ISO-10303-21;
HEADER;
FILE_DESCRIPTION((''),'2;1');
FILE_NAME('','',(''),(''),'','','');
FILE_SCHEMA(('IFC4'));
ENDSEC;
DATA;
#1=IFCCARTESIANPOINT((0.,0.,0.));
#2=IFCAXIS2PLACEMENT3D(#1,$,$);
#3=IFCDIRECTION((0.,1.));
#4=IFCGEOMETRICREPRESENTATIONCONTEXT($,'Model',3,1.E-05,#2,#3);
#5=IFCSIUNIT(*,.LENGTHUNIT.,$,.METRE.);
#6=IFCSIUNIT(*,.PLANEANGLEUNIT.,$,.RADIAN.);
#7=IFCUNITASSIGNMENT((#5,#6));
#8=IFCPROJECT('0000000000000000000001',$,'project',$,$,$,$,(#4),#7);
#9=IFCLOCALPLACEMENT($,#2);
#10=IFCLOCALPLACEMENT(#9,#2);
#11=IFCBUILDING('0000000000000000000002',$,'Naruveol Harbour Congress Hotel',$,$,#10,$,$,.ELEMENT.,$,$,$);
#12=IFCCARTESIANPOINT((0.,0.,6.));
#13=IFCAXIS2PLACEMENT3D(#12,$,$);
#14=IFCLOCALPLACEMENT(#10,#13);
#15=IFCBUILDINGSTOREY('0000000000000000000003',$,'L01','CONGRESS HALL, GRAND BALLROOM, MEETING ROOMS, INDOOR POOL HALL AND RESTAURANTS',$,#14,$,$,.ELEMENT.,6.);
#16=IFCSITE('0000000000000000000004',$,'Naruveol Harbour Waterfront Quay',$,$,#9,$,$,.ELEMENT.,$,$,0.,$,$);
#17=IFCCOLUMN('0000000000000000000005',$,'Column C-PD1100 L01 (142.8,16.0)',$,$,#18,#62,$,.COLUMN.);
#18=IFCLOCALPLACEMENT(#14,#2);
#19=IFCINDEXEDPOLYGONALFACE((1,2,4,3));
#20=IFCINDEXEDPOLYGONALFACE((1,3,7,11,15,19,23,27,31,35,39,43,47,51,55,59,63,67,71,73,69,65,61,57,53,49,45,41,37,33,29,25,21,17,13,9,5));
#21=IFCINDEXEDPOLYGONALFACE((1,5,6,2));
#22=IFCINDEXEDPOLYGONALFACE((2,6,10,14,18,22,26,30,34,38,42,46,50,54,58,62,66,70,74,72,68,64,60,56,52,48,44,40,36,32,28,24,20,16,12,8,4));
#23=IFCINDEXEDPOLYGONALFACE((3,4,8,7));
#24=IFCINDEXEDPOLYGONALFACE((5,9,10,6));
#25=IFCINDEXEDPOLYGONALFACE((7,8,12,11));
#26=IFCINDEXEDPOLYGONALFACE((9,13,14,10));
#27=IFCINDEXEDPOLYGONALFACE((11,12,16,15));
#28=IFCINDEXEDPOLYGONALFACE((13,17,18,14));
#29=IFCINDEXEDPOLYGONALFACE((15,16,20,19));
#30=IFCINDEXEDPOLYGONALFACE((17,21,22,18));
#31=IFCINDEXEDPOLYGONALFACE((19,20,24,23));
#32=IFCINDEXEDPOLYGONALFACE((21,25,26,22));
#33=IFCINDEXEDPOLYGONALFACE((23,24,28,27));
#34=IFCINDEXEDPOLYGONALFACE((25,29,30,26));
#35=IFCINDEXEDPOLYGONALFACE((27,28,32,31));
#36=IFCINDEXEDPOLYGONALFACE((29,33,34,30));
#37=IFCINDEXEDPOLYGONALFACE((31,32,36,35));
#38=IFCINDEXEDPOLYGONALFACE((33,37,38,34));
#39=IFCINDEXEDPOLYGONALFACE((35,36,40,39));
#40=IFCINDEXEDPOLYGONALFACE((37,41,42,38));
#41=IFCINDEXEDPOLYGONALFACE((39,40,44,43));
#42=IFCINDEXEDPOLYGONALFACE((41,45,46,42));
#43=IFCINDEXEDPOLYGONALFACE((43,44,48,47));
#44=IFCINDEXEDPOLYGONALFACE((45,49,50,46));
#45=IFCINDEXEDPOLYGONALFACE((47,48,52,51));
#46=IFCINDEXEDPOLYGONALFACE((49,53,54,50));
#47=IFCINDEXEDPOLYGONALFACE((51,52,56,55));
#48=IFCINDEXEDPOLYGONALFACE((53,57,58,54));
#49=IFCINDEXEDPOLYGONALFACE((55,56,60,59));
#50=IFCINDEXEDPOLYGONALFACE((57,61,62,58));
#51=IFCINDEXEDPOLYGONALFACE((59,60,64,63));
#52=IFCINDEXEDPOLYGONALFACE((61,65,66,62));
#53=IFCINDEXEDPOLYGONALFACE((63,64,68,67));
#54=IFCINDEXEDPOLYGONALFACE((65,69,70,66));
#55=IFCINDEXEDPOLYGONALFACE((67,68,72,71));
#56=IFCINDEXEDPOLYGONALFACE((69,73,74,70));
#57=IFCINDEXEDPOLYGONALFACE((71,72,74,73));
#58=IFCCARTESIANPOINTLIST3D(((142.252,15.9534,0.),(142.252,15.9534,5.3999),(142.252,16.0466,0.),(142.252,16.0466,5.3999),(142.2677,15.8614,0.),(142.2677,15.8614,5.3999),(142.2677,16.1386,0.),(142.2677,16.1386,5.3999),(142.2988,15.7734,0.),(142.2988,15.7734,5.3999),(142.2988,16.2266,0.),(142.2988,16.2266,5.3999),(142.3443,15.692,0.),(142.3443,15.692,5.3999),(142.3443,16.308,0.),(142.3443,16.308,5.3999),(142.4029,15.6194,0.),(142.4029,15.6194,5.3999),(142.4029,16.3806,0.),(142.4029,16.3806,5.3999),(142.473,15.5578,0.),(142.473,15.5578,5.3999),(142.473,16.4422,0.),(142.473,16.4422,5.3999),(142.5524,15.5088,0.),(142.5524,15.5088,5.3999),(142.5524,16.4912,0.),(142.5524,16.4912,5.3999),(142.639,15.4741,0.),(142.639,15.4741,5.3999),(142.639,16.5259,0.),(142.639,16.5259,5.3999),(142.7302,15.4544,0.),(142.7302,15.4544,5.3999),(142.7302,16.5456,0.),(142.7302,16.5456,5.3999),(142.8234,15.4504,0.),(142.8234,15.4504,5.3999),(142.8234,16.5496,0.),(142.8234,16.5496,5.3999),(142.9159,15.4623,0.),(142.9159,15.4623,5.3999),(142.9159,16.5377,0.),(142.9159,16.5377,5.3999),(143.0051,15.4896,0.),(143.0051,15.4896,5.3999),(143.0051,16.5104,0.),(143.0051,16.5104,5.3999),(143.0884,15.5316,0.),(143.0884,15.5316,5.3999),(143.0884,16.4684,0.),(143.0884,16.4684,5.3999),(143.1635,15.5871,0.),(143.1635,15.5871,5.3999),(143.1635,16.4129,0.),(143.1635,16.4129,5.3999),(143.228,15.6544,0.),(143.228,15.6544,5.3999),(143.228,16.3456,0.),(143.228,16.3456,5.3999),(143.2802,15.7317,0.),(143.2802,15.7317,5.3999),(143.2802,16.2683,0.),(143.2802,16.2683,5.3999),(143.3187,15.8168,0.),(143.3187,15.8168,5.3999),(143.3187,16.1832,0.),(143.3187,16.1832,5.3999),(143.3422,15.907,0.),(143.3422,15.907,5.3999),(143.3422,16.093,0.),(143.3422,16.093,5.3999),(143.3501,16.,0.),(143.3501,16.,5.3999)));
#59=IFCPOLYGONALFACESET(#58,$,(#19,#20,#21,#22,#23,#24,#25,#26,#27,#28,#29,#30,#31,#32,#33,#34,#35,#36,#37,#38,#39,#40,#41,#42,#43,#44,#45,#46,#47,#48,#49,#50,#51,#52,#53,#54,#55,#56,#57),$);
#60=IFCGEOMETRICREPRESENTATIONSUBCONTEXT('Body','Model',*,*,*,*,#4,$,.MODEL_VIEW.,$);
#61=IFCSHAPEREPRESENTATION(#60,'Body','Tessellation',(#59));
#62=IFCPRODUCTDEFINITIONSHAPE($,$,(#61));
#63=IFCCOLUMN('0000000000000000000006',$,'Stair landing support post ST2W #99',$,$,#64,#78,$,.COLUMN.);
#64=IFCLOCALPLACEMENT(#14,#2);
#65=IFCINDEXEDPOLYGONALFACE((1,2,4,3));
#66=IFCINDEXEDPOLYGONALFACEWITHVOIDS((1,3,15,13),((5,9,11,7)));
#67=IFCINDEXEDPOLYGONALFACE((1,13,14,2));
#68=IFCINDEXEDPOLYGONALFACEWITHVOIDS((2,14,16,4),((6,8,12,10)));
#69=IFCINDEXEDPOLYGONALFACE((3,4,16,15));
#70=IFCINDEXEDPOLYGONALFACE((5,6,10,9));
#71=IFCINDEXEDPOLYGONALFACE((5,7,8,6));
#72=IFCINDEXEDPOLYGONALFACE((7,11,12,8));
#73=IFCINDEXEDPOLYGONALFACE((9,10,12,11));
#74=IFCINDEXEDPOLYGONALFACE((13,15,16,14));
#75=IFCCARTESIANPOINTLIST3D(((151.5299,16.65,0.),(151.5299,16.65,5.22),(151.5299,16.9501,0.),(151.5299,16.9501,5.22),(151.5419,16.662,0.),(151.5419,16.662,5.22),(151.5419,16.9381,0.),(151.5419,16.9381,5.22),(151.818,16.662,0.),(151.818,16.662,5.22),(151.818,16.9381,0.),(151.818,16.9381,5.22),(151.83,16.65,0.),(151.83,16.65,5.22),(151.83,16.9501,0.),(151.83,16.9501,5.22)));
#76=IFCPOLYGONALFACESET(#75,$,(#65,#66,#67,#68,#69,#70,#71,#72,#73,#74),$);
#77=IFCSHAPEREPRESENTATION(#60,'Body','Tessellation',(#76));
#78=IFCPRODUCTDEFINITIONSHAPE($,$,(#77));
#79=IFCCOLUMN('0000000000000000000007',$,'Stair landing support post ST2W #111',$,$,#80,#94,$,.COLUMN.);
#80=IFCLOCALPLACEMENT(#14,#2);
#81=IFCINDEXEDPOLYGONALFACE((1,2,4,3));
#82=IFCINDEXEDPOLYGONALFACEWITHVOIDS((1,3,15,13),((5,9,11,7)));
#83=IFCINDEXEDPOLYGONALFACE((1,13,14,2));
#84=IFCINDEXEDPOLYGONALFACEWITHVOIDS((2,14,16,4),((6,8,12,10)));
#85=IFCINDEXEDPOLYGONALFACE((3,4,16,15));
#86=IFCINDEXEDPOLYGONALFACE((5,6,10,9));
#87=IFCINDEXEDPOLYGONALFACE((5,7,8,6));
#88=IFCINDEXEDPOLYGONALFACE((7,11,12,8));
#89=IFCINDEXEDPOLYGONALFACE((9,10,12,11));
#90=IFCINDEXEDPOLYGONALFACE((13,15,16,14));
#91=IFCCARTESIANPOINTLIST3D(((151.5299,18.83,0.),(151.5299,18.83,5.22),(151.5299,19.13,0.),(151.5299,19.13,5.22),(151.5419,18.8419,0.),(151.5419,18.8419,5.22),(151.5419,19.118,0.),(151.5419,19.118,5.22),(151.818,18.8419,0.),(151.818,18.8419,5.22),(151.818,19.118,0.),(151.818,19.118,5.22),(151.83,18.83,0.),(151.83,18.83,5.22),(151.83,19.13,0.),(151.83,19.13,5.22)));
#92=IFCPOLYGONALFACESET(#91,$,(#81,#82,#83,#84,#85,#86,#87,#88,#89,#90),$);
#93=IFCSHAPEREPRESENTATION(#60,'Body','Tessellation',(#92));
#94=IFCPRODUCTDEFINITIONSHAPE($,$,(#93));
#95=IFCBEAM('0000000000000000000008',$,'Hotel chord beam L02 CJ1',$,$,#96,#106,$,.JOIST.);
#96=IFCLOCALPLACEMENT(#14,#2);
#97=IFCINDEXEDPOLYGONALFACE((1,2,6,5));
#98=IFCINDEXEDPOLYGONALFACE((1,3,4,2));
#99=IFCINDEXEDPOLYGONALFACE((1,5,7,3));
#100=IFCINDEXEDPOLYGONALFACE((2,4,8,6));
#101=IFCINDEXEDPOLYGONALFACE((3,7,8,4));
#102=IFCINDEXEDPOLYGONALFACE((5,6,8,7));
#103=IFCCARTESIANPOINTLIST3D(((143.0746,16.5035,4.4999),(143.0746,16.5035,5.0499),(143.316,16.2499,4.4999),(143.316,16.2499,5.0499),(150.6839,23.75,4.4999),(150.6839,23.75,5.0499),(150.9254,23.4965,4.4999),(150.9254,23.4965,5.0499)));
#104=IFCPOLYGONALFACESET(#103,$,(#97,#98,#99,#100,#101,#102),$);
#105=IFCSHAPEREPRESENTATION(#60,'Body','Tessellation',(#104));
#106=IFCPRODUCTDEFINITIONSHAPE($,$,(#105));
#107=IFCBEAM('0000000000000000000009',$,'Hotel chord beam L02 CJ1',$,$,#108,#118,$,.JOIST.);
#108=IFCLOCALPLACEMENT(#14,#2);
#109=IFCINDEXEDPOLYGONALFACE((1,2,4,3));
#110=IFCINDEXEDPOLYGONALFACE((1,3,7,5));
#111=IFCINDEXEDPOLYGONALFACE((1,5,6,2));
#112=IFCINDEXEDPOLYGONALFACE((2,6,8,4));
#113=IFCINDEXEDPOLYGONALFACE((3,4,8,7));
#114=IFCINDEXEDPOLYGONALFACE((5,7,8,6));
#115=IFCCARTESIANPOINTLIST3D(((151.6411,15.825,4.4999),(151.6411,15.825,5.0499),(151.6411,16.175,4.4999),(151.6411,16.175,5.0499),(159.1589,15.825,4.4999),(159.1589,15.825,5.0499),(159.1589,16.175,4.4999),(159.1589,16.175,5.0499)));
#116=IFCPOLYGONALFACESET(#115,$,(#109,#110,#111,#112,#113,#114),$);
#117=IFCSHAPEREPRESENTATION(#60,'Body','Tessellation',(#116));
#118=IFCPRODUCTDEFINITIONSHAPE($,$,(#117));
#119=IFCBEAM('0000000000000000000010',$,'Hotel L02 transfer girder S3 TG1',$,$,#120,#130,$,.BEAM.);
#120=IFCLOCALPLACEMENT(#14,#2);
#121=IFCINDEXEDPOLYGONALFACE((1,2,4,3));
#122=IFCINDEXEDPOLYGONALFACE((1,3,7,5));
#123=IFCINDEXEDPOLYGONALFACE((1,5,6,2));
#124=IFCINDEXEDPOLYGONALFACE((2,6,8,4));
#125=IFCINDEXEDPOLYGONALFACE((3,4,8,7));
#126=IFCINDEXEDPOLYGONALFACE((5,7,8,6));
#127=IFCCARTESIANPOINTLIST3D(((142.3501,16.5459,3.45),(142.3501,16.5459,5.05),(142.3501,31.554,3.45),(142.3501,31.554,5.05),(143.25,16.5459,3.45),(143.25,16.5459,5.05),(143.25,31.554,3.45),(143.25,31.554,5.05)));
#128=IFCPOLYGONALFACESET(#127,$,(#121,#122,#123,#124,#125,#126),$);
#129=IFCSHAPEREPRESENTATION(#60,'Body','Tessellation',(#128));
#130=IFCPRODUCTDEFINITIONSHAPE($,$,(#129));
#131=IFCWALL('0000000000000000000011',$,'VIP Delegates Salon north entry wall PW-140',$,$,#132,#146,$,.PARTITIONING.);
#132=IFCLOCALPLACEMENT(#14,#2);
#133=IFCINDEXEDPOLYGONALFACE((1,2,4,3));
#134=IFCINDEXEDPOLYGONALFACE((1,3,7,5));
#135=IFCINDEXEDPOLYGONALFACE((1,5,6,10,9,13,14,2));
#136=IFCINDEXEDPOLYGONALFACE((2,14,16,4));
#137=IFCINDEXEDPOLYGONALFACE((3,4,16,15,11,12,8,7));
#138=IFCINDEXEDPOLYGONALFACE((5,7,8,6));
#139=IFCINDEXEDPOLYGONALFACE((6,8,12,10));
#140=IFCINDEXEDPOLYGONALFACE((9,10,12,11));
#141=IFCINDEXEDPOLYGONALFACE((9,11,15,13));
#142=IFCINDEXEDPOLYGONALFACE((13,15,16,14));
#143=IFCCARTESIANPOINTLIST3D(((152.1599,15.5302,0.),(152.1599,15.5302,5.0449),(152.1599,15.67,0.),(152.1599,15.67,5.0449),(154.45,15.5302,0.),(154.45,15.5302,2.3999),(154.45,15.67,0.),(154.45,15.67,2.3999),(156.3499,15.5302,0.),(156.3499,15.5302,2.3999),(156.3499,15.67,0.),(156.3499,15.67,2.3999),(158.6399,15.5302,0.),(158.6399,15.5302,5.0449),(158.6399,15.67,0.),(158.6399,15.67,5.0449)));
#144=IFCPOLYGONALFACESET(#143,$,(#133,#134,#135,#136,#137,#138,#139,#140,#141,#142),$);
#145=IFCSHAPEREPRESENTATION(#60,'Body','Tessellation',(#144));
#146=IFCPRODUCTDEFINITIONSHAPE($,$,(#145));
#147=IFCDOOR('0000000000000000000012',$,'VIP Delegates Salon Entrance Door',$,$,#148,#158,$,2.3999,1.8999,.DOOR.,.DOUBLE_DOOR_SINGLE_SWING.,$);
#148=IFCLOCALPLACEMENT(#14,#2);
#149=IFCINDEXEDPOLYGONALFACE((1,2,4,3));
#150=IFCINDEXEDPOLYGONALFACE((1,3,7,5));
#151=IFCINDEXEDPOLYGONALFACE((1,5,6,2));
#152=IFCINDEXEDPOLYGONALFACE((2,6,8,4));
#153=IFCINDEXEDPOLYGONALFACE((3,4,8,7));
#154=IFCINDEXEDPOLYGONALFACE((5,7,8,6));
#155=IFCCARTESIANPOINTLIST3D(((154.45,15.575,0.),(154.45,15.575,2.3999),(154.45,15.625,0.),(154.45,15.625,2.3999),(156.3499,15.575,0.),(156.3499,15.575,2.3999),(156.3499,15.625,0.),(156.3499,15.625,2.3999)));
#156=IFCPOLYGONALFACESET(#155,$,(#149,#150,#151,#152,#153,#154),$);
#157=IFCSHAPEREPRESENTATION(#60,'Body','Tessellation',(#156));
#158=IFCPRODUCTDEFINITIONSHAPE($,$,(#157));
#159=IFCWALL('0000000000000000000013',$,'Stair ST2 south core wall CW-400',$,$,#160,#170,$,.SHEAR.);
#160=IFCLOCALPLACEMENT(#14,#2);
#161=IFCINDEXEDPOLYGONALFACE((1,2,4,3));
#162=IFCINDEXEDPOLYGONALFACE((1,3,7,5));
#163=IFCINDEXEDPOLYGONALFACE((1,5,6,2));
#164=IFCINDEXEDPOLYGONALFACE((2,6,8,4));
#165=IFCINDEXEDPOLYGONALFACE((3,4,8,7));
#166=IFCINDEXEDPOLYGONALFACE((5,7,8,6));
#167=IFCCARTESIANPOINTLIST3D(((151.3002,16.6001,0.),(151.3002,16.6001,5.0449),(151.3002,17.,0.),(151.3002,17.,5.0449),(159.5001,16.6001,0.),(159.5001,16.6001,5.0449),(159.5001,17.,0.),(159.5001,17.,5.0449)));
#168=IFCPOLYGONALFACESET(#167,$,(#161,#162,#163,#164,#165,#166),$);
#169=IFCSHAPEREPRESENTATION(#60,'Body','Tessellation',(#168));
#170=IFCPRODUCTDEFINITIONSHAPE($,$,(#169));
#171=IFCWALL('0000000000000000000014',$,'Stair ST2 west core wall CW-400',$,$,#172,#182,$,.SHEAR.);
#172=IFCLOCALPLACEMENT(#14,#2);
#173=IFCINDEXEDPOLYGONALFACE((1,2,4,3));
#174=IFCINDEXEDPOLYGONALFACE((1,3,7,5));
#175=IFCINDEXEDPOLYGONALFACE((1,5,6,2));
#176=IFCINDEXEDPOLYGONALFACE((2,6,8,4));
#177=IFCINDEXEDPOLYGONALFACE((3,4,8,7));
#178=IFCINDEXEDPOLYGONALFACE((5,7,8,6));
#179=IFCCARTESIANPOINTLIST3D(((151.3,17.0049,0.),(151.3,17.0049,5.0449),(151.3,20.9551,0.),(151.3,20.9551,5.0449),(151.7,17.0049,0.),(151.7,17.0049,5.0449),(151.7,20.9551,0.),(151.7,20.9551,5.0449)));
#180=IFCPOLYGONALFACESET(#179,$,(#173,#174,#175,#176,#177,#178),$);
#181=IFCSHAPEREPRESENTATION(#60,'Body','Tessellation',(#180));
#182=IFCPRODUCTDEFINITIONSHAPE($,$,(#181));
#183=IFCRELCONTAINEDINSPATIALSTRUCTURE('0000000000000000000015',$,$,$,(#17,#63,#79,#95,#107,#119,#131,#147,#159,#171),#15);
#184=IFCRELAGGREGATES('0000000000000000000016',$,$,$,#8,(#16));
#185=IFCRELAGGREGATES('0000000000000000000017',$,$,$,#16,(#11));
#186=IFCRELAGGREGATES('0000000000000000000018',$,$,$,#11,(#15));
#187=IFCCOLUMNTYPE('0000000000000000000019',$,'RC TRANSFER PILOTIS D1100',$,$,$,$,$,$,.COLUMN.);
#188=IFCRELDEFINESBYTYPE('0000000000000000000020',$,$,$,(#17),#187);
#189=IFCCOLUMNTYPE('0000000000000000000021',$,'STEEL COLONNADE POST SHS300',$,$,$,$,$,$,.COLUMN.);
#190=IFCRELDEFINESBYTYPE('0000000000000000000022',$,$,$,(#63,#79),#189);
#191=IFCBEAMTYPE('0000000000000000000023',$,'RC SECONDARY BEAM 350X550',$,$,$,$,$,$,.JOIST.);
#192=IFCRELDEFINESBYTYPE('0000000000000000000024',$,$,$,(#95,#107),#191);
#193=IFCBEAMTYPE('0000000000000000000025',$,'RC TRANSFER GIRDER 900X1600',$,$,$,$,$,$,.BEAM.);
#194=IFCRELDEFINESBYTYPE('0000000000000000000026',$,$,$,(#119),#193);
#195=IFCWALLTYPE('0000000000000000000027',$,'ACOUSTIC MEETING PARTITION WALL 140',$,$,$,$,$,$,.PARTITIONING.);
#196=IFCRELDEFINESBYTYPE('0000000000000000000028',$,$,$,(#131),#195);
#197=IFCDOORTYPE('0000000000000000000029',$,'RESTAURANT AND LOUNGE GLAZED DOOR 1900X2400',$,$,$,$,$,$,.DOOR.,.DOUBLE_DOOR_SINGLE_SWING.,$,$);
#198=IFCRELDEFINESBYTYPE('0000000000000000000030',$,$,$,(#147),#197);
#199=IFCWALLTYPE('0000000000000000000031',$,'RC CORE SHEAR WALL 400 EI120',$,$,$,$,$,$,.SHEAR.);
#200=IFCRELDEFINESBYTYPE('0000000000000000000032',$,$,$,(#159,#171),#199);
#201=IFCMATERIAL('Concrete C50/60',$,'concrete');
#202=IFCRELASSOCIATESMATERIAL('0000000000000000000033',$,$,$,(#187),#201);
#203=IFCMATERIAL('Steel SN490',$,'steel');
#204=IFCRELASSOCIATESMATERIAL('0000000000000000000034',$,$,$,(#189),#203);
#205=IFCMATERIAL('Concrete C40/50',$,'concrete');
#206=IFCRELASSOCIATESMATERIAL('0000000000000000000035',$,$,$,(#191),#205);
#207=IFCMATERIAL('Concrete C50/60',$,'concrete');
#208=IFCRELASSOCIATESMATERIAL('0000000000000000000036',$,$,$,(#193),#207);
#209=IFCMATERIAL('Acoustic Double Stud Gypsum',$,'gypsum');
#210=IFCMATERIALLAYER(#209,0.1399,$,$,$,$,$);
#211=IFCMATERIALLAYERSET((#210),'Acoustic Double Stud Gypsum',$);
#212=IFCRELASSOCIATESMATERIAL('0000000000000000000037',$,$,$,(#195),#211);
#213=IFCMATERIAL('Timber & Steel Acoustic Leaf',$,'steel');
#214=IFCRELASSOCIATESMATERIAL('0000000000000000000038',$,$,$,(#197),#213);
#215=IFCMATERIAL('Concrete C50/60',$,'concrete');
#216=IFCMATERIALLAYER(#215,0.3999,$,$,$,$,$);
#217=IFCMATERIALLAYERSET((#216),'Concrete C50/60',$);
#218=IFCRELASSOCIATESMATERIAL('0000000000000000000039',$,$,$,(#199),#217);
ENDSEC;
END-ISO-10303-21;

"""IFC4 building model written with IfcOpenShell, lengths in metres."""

from ifc_helpers import new_model, si_unit, direction, frame, frame_2d, origin, origin_2d, place, context, subcontext, project, spatial, rectangle, hollow_rectangle, circle, extrude, material, layer, layer_set, material_profile, profile_set, type_object, element, fill, save


model = new_model("IFC4")

# Units and contexts
model_context = context("Model", 3, precision=1e-05, world=origin(), true_north=direction((0.0, 1.0)))
body_context = subcontext(model_context, "Body", "Model", "MODEL_VIEW")
ifc_project = project(units=[si_unit("LENGTHUNIT", "METRE"), si_unit("PLANEANGLEUNIT", "RADIAN")], contexts=[model_context])

# Site, building, storey
site_placement = place(None, origin())
site = spatial("IfcSite", under=ifc_project, at=site_placement, Name="Naruveol Harbour Waterfront Quay", CompositionType="ELEMENT", RefElevation=0.0)
building_placement = place(site_placement, origin())
building = spatial("IfcBuilding", under=site, at=building_placement, Name="Naruveol Harbour Congress Hotel", CompositionType="ELEMENT")
storey_placement = place(building_placement, frame((0.0, 0.0, 6.0)))
storey = spatial("IfcBuildingStorey", under=building, at=storey_placement, Name="L01", Description="CONGRESS HALL, GRAND BALLROOM, MEETING ROOMS, INDOOR POOL HALL AND RESTAURANTS", CompositionType="ELEMENT", Elevation=6.0)

# Columns
ifc_material_1 = material(Name="Concrete C50/60", Category="concrete")
ifc_material_profile_1 = material_profile(ifc_material_1, circle(Radius=0.55, at=origin_2d()), Name="RC-D1100")
ifc_profile_set_1 = profile_set([ifc_material_profile_1], Name="Concrete C50/60")
column_type_1 = type_object("IfcColumnType", Name="RC TRANSFER PILOTIS D1100", PredefinedType="COLUMN", material=ifc_profile_set_1)
column_placement = place(storey_placement, frame((142.8, 16.0, 0.0), z_axis=(0.0, 0.0, 1.0), x_axis=(1.0, 0.0, 0.0)))
element("IfcColumn", 1, at=column_placement, inside=storey, type_object=column_type_1, Name="Column C-PD1100 L01 (142.8,16.0)", PredefinedType="COLUMN", context=body_context, shape_type="SweptSolid", body=[
    extrude(circle(Radius=0.55, at=origin_2d()), origin(), (0.0, 0.0, 1.0), 5.3999),
])
ifc_material_2 = material(Name="Steel SN490", Category="steel")
ifc_material_profile_2 = material_profile(ifc_material_2, hollow_rectangle(XDim=0.3, YDim=0.3, WallThickness=0.012, at=origin_2d()), Name="SHS-300x300x12")
ifc_profile_set_2 = profile_set([ifc_material_profile_2], Name="Steel SN490")
column_type_2 = type_object("IfcColumnType", Name="STEEL COLONNADE POST SHS300", PredefinedType="COLUMN", material=ifc_profile_set_2)
for number, where, z_axis, x_axis, name in (
    (2, (151.6799, 16.8, 0.0), (0.0, 0.0, 1.0), (1.0, 0.0, 0.0), "Stair landing support post ST2W #99"),
    (3, (151.6799, 18.98, 0.0), (0.0, 0.0, 1.0), (1.0, 0.0, 0.0), "Stair landing support post ST2W #111"),
):
    element("IfcColumn", number, at=place(storey_placement, frame(where, z_axis=z_axis, x_axis=x_axis)), inside=storey, type_object=column_type_2, Name=name, PredefinedType="COLUMN", context=body_context, shape_type="SweptSolid", body=[
        extrude(hollow_rectangle(XDim=0.3, YDim=0.3, WallThickness=0.012, at=origin_2d()), origin(), (0.0, 0.0, 1.0), 5.22),
    ])

# Beams
ifc_material_3 = material(Name="Concrete C40/50", Category="concrete")
ifc_material_profile_3 = material_profile(ifc_material_3, rectangle(XDim=0.3501, YDim=0.55, at=origin_2d()), Name="RCB-350x550")
ifc_profile_set_3 = profile_set([ifc_material_profile_3], Name="Concrete C40/50")
beam_type_1 = type_object("IfcBeamType", Name="RC SECONDARY BEAM 350X550", PredefinedType="JOIST", material=ifc_profile_set_3)
beam_1_placement = place(storey_placement, frame((143.1953, 16.3767, 4.7749), z_axis=(0.724159, 0.689633, 0.0), x_axis=(-0.689633, 0.724159, 0.0)))
element("IfcBeam", 4, at=beam_1_placement, inside=storey, type_object=beam_type_1, Name="Hotel chord beam L02 CJ1", PredefinedType="JOIST", context=body_context, shape_type="SweptSolid", body=[
    extrude(rectangle(XDim=0.3501, YDim=0.55, at=origin_2d()), origin(), (0.0, 0.0, 1.0), 10.5078),
])
beam_2_placement = place(storey_placement, frame((151.6411, 16.0, 4.7749), z_axis=(1.0, 0.0, 0.0), x_axis=(0.0, 1.0, 0.0)))
element("IfcBeam", 5, at=beam_2_placement, inside=storey, type_object=beam_type_1, Name="Hotel chord beam L02 CJ1", PredefinedType="JOIST", context=body_context, shape_type="SweptSolid", body=[
    extrude(rectangle(XDim=0.3501, YDim=0.55, at=origin_2d()), origin(), (0.0, 0.0, 1.0), 7.5178),
])
ifc_material_4 = material(Name="Concrete C50/60", Category="concrete")
ifc_material_profile_4 = material_profile(ifc_material_4, rectangle(XDim=0.8999, YDim=1.6001, at=origin_2d()), Name="RCB-900x1600")
ifc_profile_set_4 = profile_set([ifc_material_profile_4], Name="Concrete C50/60")
beam_type_2 = type_object("IfcBeamType", Name="RC TRANSFER GIRDER 900X1600", PredefinedType="BEAM", material=ifc_profile_set_4)
beam_3_placement = place(storey_placement, frame((142.8, 16.5459, 4.25), z_axis=(0.0, 1.0, 0.0), x_axis=(-1.0, 0.0, 0.0)))
element("IfcBeam", 6, at=beam_3_placement, inside=storey, type_object=beam_type_2, Name="Hotel L02 transfer girder S3 TG1", PredefinedType="BEAM", context=body_context, shape_type="SweptSolid", body=[
    extrude(rectangle(XDim=0.8999, YDim=1.6001, at=origin_2d()), origin(), (0.0, 0.0, 1.0), 15.0081),
])

# Wall, opening, door
ifc_material_5 = material(Name="Acoustic Double Stud Gypsum", Category="gypsum")
ifc_layer_1 = layer(ifc_material_5, 0.1399)
ifc_layer_set_1 = layer_set([ifc_layer_1], Name="Acoustic Double Stud Gypsum")
wall_type_1 = type_object("IfcWallType", Name="ACOUSTIC MEETING PARTITION WALL 140", PredefinedType="PARTITIONING", material=ifc_layer_set_1)
wall_1_placement = place(storey_placement, frame((152.1599, 15.6001, 0.0), z_axis=(0.0, 0.0, 1.0), x_axis=(1.0, 0.0, 0.0)))
wall_1 = element("IfcWall", 7, at=wall_1_placement, inside=storey, type_object=wall_type_1, Name="VIP Delegates Salon north entry wall PW-140", PredefinedType="PARTITIONING", context=body_context, shape_type="SweptSolid", body=[
    extrude(rectangle(XDim=6.48, YDim=0.1399, at=frame_2d((3.24, 0.0))), origin(), (0.0, 0.0, 1.0), 5.0449),
])
opening_1_placement = place(wall_1_placement, frame((2.29, 0.0, 0.0)))
opening_1 = element("IfcOpeningElement", 8, at=opening_1_placement, cuts=wall_1, PredefinedType="OPENING", context=body_context, shape_type="SweptSolid", body=[
    extrude(rectangle(XDim=1.8999, YDim=2.3999, at=frame_2d((0.95, 1.2))), frame((0.0, 0.0798, 0.0), z_axis=(0.0, -1.0, 0.0), x_axis=(1.0, 0.0, 0.0)), (0.0, 0.0, 1.0), 0.1599),
])
ifc_material_6 = material(Name="Timber & Steel Acoustic Leaf", Category="steel")
door_type_1 = type_object("IfcDoorType", Name="RESTAURANT AND LOUNGE GLAZED DOOR 1900X2400", OperationType="DOUBLE_DOOR_SINGLE_SWING", PredefinedType="DOOR", material=ifc_material_6)
door_1_placement = place(opening_1_placement, origin())
door_1 = element("IfcDoor", 9, at=door_1_placement, inside=storey, type_object=door_type_1, Name="VIP Delegates Salon Entrance Door", OperationType="DOUBLE_DOOR_SINGLE_SWING", OverallHeight=2.3999, OverallWidth=1.8999, PredefinedType="DOOR", context=body_context, shape_type="SweptSolid", body=[
    extrude(rectangle(XDim=1.8999, YDim=2.3999, at=frame_2d((0.95, 1.2))), frame((0.0, 0.0249, 0.0), z_axis=(0.0, -1.0, 0.0), x_axis=(1.0, 0.0, 0.0)), (0.0, 0.0, 1.0), 0.05),
])
fill(opening_1, door_1)

# Walls
ifc_material_7 = material(Name="Concrete C50/60", Category="concrete")
ifc_layer_2 = layer(ifc_material_7, 0.3999)
ifc_layer_set_2 = layer_set([ifc_layer_2], Name="Concrete C50/60")
wall_type_2 = type_object("IfcWallType", Name="RC CORE SHEAR WALL 400 EI120", PredefinedType="SHEAR", material=ifc_layer_set_2)
wall_2_placement = place(storey_placement, frame((151.3, 16.8, 0.0), z_axis=(0.0, 0.0, 1.0), x_axis=(1.0, 0.0, 0.0)))
element("IfcWall", 10, at=wall_2_placement, inside=storey, type_object=wall_type_2, Name="Stair ST2 south core wall CW-400", PredefinedType="SHEAR", context=body_context, shape_type="SweptSolid", body=[
    extrude(rectangle(XDim=8.2, YDim=0.3999, at=frame_2d((4.1001, 0.0))), origin(), (0.0, 0.0, 1.0), 5.0449),
])
wall_3_placement = place(storey_placement, frame((151.5, 17.0049, 0.0), z_axis=(0.0, 0.0, 1.0), x_axis=(0.0, 1.0, 0.0)))
element("IfcWall", 11, at=wall_3_placement, inside=storey, type_object=wall_type_2, Name="Stair ST2 west core wall CW-400", PredefinedType="SHEAR", context=body_context, shape_type="SweptSolid", body=[
    extrude(rectangle(XDim=3.9502, YDim=0.3999, at=frame_2d((1.9751, 0.0))), origin(), (0.0, 0.0, 1.0), 5.0449),
])

save(model, "model.ifc")
